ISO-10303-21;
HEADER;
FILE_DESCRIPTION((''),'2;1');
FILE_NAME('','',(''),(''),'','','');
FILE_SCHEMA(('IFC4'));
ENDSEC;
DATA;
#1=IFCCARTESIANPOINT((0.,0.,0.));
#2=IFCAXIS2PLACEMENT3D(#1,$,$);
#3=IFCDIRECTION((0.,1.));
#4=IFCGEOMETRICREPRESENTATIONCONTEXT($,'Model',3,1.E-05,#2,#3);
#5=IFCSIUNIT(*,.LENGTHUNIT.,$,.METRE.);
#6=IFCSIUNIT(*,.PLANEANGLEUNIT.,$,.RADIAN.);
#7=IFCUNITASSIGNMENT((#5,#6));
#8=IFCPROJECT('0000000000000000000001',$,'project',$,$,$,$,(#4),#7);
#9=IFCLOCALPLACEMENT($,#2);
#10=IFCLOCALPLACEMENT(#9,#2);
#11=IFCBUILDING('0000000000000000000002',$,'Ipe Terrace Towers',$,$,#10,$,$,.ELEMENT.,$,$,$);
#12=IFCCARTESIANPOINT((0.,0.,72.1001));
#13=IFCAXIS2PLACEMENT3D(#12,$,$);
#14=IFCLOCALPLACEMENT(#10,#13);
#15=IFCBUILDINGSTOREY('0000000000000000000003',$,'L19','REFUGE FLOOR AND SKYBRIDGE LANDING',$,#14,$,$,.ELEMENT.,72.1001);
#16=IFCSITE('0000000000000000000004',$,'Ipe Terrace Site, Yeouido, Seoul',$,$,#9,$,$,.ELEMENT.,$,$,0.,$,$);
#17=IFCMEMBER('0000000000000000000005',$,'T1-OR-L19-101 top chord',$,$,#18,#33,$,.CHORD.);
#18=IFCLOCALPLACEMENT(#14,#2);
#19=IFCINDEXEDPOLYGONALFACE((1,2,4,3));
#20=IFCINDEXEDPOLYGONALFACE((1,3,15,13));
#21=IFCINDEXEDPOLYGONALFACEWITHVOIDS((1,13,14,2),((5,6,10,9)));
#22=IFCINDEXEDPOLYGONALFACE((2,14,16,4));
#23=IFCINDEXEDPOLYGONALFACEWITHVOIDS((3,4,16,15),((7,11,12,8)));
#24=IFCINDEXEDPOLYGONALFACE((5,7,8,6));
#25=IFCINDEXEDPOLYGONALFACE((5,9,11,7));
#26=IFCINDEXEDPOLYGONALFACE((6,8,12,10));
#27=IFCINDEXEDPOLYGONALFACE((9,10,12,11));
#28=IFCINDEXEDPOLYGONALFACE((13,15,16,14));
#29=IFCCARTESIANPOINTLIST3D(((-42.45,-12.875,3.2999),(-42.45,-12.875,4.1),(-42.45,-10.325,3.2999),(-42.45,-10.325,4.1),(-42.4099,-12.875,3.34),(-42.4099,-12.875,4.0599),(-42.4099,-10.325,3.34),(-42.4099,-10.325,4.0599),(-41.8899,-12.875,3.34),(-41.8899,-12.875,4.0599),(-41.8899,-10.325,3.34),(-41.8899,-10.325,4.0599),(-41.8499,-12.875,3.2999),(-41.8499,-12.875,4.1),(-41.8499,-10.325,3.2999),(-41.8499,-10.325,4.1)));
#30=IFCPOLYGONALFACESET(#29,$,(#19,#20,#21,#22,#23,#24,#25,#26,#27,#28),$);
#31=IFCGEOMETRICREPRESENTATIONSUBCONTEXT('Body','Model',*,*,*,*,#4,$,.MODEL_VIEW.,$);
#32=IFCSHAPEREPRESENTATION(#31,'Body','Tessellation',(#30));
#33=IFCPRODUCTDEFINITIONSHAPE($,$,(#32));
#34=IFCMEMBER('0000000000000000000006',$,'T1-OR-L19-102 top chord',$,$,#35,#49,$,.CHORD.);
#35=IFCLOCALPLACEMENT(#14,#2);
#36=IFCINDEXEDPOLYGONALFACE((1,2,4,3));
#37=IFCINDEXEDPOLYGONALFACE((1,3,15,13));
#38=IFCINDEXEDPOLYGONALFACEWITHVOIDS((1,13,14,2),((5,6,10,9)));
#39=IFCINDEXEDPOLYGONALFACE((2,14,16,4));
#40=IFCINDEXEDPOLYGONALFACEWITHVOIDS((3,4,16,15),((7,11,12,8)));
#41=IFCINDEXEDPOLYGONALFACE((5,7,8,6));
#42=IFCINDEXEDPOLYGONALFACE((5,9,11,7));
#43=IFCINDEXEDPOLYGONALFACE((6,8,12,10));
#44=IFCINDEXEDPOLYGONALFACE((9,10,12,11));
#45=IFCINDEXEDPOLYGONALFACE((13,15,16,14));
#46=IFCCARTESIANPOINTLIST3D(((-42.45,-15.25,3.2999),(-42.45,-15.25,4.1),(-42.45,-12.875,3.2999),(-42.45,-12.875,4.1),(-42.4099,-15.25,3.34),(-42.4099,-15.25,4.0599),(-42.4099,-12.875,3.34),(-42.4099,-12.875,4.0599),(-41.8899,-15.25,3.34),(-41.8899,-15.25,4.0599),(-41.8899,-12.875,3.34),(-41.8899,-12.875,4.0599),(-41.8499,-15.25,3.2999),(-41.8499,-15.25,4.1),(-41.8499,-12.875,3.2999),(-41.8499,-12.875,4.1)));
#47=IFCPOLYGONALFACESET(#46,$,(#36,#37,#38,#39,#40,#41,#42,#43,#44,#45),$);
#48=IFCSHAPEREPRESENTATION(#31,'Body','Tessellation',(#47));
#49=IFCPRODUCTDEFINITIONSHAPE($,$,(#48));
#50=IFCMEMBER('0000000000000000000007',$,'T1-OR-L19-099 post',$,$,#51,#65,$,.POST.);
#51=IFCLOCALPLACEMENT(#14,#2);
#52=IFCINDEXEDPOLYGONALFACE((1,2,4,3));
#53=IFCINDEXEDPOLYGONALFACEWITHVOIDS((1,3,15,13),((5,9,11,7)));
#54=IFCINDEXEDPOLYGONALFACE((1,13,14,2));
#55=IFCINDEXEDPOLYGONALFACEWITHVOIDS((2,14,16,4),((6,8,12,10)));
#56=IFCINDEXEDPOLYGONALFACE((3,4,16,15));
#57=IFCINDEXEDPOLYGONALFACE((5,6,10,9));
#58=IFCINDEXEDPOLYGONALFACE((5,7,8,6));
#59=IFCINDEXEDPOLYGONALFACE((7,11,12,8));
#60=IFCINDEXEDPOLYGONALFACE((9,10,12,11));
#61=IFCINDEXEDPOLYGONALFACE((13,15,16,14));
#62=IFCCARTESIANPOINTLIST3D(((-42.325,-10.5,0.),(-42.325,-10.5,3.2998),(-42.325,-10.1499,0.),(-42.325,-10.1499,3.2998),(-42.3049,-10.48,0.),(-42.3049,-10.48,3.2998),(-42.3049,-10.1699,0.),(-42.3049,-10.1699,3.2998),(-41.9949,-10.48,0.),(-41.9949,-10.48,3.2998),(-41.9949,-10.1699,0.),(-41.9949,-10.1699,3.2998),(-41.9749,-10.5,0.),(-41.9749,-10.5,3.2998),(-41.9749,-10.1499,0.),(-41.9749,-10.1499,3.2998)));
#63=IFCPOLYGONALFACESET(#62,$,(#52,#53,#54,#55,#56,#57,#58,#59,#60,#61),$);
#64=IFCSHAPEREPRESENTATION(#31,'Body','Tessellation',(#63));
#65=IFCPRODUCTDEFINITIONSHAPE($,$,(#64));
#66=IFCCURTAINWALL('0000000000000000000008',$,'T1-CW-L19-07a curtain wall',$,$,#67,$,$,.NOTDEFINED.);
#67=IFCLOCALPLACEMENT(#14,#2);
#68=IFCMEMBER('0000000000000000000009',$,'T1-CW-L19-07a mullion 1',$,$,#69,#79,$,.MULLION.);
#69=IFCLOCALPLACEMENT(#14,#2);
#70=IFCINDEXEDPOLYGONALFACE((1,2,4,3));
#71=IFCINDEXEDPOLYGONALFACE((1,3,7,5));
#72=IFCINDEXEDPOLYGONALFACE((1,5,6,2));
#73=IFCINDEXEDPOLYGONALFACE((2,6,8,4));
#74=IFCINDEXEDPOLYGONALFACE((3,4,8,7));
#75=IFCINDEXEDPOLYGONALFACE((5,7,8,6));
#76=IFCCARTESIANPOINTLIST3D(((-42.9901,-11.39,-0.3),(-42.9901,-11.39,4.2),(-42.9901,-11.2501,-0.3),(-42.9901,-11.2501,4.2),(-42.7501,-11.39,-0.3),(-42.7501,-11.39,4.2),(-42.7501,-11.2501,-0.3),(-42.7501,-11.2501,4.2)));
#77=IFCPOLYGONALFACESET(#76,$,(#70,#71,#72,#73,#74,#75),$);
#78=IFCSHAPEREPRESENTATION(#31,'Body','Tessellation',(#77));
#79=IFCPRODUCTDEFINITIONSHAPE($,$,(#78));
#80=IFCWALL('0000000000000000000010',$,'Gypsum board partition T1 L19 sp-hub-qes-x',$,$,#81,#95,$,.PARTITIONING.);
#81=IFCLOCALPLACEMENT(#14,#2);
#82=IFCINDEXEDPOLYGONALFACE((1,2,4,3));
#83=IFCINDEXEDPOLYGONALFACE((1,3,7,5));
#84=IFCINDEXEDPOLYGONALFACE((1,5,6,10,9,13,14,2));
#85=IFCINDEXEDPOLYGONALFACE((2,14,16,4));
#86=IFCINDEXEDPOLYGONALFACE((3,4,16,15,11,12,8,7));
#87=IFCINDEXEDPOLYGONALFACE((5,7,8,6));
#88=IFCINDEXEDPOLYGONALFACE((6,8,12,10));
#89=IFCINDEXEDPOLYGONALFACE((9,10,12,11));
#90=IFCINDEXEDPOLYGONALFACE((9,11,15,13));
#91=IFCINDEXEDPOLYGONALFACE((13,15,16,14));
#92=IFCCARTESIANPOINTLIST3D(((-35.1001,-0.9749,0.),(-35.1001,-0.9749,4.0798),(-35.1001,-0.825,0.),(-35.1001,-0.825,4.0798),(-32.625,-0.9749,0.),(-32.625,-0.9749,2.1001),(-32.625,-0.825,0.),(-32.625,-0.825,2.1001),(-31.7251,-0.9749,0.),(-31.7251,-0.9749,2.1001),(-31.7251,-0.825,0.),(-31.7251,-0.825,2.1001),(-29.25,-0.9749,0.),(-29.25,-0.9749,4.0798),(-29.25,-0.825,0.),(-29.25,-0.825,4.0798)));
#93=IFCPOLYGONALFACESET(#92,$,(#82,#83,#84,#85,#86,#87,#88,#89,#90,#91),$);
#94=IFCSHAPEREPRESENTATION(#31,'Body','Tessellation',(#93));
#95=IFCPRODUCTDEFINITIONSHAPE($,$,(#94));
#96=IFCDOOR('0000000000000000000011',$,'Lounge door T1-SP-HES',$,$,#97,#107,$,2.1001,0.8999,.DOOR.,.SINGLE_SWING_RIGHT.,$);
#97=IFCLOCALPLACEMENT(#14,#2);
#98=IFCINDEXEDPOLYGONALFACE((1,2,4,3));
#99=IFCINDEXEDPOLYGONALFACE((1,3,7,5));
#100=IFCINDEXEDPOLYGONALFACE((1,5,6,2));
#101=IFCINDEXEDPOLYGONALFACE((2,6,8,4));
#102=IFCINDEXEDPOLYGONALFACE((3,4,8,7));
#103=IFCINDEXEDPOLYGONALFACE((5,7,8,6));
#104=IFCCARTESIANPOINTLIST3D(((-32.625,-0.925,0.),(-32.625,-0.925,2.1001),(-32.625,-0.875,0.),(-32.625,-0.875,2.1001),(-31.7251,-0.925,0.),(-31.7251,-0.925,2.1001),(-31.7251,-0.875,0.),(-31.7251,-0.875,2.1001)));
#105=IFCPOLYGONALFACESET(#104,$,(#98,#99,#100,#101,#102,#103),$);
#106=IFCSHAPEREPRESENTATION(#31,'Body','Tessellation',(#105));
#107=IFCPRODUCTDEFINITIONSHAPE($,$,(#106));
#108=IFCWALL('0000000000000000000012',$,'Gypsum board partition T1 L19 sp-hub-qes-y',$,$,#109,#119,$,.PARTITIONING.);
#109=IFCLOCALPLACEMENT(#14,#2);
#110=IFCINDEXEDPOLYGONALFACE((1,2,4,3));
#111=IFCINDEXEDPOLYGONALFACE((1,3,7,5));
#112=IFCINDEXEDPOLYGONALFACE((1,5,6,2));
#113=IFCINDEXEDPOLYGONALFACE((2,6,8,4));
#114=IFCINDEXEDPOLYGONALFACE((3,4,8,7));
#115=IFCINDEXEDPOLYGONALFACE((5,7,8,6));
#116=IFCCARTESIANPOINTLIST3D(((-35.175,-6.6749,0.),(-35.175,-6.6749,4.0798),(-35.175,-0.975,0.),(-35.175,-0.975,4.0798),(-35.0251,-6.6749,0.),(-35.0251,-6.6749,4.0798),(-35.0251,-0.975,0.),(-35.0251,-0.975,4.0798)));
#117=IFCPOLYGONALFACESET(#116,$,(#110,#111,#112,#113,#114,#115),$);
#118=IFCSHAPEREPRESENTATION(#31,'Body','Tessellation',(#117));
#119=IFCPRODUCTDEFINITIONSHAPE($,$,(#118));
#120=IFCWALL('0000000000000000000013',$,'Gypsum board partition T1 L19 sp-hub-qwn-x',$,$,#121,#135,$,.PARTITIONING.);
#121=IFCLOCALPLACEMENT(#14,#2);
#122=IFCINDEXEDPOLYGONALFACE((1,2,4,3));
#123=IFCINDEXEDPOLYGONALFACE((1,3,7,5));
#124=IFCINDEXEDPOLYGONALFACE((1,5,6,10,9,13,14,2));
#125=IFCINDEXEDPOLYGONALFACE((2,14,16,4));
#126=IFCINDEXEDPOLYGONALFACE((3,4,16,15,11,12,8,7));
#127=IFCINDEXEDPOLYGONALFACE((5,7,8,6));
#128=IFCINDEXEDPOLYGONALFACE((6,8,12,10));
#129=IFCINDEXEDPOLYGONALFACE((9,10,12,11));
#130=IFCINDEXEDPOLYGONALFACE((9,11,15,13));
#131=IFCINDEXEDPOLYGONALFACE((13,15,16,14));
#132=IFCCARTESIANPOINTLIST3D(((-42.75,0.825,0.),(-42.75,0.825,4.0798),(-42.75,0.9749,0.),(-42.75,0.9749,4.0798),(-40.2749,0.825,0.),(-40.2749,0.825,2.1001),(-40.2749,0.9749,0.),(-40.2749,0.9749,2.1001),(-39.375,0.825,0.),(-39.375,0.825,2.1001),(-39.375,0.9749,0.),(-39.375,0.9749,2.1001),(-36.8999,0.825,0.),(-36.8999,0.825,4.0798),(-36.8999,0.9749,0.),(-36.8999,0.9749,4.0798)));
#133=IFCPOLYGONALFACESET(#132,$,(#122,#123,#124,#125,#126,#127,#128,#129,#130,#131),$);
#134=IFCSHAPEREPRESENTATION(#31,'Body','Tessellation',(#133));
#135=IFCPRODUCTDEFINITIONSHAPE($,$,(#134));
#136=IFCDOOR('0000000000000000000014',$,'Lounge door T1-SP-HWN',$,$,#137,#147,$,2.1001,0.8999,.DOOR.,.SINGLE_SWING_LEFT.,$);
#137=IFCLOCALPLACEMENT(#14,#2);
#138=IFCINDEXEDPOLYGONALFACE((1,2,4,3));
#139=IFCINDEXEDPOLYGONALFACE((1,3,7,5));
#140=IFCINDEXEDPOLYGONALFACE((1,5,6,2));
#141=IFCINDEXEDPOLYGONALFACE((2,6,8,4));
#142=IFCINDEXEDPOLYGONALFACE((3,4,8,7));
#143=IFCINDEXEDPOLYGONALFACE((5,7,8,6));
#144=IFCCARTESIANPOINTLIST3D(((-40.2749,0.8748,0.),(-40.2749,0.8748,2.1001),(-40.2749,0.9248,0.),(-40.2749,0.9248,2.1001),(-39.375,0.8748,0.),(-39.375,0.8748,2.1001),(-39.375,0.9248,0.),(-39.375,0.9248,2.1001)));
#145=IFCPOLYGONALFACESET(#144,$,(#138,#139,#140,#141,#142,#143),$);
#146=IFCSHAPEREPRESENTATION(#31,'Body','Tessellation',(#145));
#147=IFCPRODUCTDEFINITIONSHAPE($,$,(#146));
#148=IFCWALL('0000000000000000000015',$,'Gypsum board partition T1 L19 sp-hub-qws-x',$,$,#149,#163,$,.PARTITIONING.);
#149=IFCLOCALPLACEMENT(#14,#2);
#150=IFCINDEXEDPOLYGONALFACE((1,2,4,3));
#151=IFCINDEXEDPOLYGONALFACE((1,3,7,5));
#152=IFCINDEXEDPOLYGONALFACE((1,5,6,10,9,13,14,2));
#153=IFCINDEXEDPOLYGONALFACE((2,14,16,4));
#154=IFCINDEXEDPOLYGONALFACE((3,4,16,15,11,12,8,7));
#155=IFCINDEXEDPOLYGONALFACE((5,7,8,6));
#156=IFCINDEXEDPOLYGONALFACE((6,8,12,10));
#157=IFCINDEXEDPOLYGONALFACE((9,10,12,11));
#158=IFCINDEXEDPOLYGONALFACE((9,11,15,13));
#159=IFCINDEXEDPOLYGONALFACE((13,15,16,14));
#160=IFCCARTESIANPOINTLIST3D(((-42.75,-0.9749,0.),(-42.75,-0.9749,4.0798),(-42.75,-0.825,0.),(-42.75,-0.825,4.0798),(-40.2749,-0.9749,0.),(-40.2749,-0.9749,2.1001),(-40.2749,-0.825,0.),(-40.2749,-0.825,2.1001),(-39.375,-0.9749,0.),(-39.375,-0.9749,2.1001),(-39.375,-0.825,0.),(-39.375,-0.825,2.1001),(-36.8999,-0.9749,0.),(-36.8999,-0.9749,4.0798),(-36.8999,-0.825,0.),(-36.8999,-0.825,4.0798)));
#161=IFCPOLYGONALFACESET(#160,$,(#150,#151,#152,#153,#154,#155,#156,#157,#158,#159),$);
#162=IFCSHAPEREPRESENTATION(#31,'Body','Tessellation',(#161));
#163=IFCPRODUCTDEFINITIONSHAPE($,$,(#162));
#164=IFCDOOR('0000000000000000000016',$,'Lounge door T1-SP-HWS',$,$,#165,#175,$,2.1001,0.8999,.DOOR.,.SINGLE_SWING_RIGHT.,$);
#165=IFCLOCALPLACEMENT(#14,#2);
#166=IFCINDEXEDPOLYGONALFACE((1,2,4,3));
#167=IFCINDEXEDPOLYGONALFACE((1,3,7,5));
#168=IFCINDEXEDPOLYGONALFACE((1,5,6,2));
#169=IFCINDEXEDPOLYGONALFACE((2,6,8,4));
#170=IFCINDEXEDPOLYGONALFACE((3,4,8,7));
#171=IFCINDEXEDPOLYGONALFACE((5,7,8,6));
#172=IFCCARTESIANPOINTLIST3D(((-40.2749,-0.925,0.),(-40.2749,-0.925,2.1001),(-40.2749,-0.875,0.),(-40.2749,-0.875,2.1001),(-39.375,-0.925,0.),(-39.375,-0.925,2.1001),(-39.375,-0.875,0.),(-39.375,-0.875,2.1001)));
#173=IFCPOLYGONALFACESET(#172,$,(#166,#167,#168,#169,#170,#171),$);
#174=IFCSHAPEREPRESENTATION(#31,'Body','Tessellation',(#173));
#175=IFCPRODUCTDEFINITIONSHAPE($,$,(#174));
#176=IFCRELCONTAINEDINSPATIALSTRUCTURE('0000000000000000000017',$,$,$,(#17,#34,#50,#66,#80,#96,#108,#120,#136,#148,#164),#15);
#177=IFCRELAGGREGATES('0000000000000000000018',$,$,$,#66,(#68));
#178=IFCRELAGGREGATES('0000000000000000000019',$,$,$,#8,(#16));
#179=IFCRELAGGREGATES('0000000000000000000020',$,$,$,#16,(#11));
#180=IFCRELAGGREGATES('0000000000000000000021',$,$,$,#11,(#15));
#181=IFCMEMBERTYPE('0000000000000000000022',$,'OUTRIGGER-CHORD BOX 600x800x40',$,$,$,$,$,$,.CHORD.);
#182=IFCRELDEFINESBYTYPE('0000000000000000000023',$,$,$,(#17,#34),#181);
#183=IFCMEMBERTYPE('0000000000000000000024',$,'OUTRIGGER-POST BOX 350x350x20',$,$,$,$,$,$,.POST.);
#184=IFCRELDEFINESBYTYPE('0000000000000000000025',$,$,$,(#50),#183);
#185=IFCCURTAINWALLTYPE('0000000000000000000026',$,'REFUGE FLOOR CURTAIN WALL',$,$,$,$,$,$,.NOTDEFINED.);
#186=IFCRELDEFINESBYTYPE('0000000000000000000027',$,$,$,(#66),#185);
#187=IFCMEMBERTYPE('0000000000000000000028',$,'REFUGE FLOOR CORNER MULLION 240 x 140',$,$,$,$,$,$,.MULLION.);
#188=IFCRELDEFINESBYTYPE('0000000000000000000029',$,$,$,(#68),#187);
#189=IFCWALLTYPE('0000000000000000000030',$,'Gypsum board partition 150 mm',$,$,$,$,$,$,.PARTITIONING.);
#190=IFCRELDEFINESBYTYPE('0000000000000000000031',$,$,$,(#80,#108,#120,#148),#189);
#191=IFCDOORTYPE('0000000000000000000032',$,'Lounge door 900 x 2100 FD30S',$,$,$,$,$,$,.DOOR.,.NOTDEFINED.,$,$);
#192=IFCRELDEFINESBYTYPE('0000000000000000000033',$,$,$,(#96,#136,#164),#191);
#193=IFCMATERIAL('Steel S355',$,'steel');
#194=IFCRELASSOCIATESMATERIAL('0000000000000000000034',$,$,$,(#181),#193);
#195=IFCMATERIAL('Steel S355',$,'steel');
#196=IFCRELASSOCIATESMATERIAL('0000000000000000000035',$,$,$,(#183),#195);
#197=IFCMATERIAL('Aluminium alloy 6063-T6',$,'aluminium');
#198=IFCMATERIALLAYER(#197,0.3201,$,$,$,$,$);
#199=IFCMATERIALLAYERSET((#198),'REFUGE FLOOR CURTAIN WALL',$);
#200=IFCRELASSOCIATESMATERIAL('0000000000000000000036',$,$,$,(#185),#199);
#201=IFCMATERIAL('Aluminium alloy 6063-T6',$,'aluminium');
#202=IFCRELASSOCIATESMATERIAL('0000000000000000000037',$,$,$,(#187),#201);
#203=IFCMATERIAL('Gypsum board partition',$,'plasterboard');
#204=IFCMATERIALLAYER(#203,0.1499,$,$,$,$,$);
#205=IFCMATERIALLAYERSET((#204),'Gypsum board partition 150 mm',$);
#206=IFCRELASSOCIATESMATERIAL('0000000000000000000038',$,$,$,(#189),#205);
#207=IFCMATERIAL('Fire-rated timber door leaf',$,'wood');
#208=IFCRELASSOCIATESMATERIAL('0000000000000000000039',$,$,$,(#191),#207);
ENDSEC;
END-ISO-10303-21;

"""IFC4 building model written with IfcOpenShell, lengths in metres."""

from ifc_helpers import new_model, si_unit, direction, frame, frame_2d, origin, origin_2d, place, context, subcontext, project, spatial, rectangle, hollow_rectangle, extrude, material, layer, layer_set, material_profile, profile_set, type_object, element, fill, aggregate, save


model = new_model("IFC4")

# Units and contexts
model_context = context("Model", 3, precision=1e-05, world=origin(), true_north=direction((0.0, 1.0)))
body_context = subcontext(model_context, "Body", "Model", "MODEL_VIEW")
ifc_project = project(units=[si_unit("LENGTHUNIT", "METRE"), si_unit("PLANEANGLEUNIT", "RADIAN")], contexts=[model_context])

# Site, building, storey
site_placement = place(None, origin())
site = spatial("IfcSite", under=ifc_project, at=site_placement, Name="Ipe Terrace Site, Yeouido, Seoul", CompositionType="ELEMENT", RefElevation=0.0)
building_placement = place(site_placement, origin())
building = spatial("IfcBuilding", under=site, at=building_placement, Name="Ipe Terrace Towers", CompositionType="ELEMENT")
storey_placement = place(building_placement, frame((0.0, 0.0, 72.1001)))
storey = spatial("IfcBuildingStorey", under=building, at=storey_placement, Name="L19", Description="REFUGE FLOOR AND SKYBRIDGE LANDING", CompositionType="ELEMENT", Elevation=72.1001)

# Members
ifc_material_1 = material(Name="Steel S355", Category="steel")
ifc_material_profile_1 = material_profile(ifc_material_1, hollow_rectangle(XDim=0.6001, YDim=0.8, WallThickness=0.04, at=origin_2d()), Name="OUTRIGGER-CHORD BOX 600x800x40")
ifc_profile_set_1 = profile_set([ifc_material_profile_1], Name="Steel S355")
member_type_1 = type_object("IfcMemberType", Name="OUTRIGGER-CHORD BOX 600x800x40", PredefinedType="CHORD", material=ifc_profile_set_1)
member_1_placement = place(storey_placement, frame((-42.1499, -10.325, 3.7), z_axis=(0.0, -1.0, 0.0), x_axis=(1.0, 0.0, 0.0)))
element("IfcMember", 1, at=member_1_placement, inside=storey, type_object=member_type_1, Name="T1-OR-L19-101 top chord", PredefinedType="CHORD", context=body_context, shape_type="SweptSolid", body=[
    extrude(hollow_rectangle(XDim=0.6001, YDim=0.8, WallThickness=0.04, at=origin_2d()), origin(), (0.0, 0.0, 1.0), 2.55),
])
member_2_placement = place(storey_placement, frame((-42.1499, -12.875, 3.7), z_axis=(0.0, -1.0, 0.0), x_axis=(1.0, 0.0, 0.0)))
element("IfcMember", 2, at=member_2_placement, inside=storey, type_object=member_type_1, Name="T1-OR-L19-102 top chord", PredefinedType="CHORD", context=body_context, shape_type="SweptSolid", body=[
    extrude(hollow_rectangle(XDim=0.6001, YDim=0.8, WallThickness=0.04, at=origin_2d()), origin(), (0.0, 0.0, 1.0), 2.375),
])
ifc_material_2 = material(Name="Steel S355", Category="steel")
ifc_material_profile_2 = material_profile(ifc_material_2, hollow_rectangle(XDim=0.3501, YDim=0.3501, WallThickness=0.02, at=origin_2d()), Name="OUTRIGGER-POST BOX 350x350x20")
ifc_profile_set_2 = profile_set([ifc_material_profile_2], Name="Steel S355")
member_type_2 = type_object("IfcMemberType", Name="OUTRIGGER-POST BOX 350x350x20", PredefinedType="POST", material=ifc_profile_set_2)
member_3_placement = place(storey_placement, frame((-42.1499, -10.325, 0.0), z_axis=(0.0, 0.0, 1.0), x_axis=(1.0, 0.0, 0.0)))
element("IfcMember", 3, at=member_3_placement, inside=storey, type_object=member_type_2, Name="T1-OR-L19-099 post", PredefinedType="POST", context=body_context, shape_type="SweptSolid", body=[
    extrude(hollow_rectangle(XDim=0.3501, YDim=0.3501, WallThickness=0.02, at=origin_2d()), origin(), (0.0, 0.0, 1.0), 3.2998),
])

# Curtain wall, member
ifc_material_3 = material(Name="Aluminium alloy 6063-T6", Category="aluminium")
ifc_layer_1 = layer(ifc_material_3, 0.3201)
ifc_layer_set_1 = layer_set([ifc_layer_1], Name="REFUGE FLOOR CURTAIN WALL")
curtain_wall_type = type_object("IfcCurtainWallType", Name="REFUGE FLOOR CURTAIN WALL", PredefinedType="NOTDEFINED", material=ifc_layer_set_1)
curtain_wall_placement = place(storey_placement, origin())
curtain_wall = element("IfcCurtainWall", 4, at=curtain_wall_placement, inside=storey, type_object=curtain_wall_type, Name="T1-CW-L19-07a curtain wall", PredefinedType="NOTDEFINED")
ifc_material_4 = material(Name="Aluminium alloy 6063-T6", Category="aluminium")
ifc_material_profile_3 = material_profile(ifc_material_4, rectangle(XDim=0.24, YDim=0.1399, at=origin_2d()), Name="REFUGE FLOOR CORNER MULLION 240 x 140")
ifc_profile_set_3 = profile_set([ifc_material_profile_3], Name="Aluminium alloy 6063-T6")
member_type_3 = type_object("IfcMemberType", Name="REFUGE FLOOR CORNER MULLION 240 x 140", PredefinedType="MULLION", material=ifc_profile_set_3)
member_4_placement = place(storey_placement, frame((-42.8701, -11.3201, -0.3), z_axis=(0.0, 0.0, 1.0), x_axis=(-1.0, 0.0, 0.0)))
member_4 = element("IfcMember", 5, at=member_4_placement, type_object=member_type_3, Name="T1-CW-L19-07a mullion 1", PredefinedType="MULLION", context=body_context, shape_type="SweptSolid", body=[
    extrude(rectangle(XDim=0.24, YDim=0.1399, at=origin_2d()), origin(), (0.0, 0.0, 1.0), 4.5),
])
aggregate(curtain_wall, [member_4])

# Wall, opening, door
ifc_material_5 = material(Name="Gypsum board partition", Category="plasterboard")
ifc_layer_2 = layer(ifc_material_5, 0.1499)
ifc_layer_set_2 = layer_set([ifc_layer_2], Name="Gypsum board partition 150 mm")
wall_type = type_object("IfcWallType", Name="Gypsum board partition 150 mm", PredefinedType="PARTITIONING", material=ifc_layer_set_2)
wall_1_placement = place(storey_placement, frame((-35.1001, -0.8999, 0.0), z_axis=(0.0, 0.0, 1.0), x_axis=(1.0, 0.0, 0.0)))
wall_1 = element("IfcWall", 6, at=wall_1_placement, inside=storey, type_object=wall_type, Name="Gypsum board partition T1 L19 sp-hub-qes-x", PredefinedType="PARTITIONING", context=body_context, shape_type="SweptSolid", body=[
    extrude(rectangle(XDim=5.8501, YDim=0.1499, at=frame_2d((2.925, 0.0))), origin(), (0.0, 0.0, 1.0), 4.0798),
])
opening_1_placement = place(wall_1_placement, frame((2.4751, 0.0, 0.0)))
opening_1 = element("IfcOpeningElement", 7, at=opening_1_placement, cuts=wall_1, PredefinedType="OPENING", context=body_context, shape_type="SweptSolid", body=[
    extrude(rectangle(XDim=0.8999, YDim=2.1001, at=frame_2d((0.45, 1.05))), frame((0.0, 0.085, 0.0), z_axis=(0.0, -1.0, 0.0), x_axis=(1.0, 0.0, 0.0)), (0.0, 0.0, 1.0), 0.1699),
])
ifc_material_6 = material(Name="Fire-rated timber door leaf", Category="wood")
door_type_1 = type_object("IfcDoorType", Name="Lounge door 900 x 2100 FD30S", OperationType="NOTDEFINED", PredefinedType="DOOR", material=ifc_material_6)
door_1_placement = place(opening_1_placement, origin())
door_1 = element("IfcDoor", 8, at=door_1_placement, inside=storey, type_object=door_type_1, Name="Lounge door T1-SP-HES", OperationType="SINGLE_SWING_RIGHT", OverallHeight=2.1001, OverallWidth=0.8999, PredefinedType="DOOR", context=body_context, shape_type="SweptSolid", body=[
    extrude(rectangle(XDim=0.8999, YDim=2.1001, at=frame_2d((0.45, 1.05))), frame((0.0, 0.0249, 0.0), z_axis=(0.0, -1.0, 0.0), x_axis=(1.0, 0.0, 0.0)), (0.0, 0.0, 1.0), 0.05),
])
fill(opening_1, door_1)

# Wall
wall_2_placement = place(storey_placement, frame((-35.1001, -6.675, 0.0), z_axis=(0.0, 0.0, 1.0), x_axis=(0.0, 1.0, 0.0)))
element("IfcWall", 9, at=wall_2_placement, inside=storey, type_object=wall_type, Name="Gypsum board partition T1 L19 sp-hub-qes-y", PredefinedType="PARTITIONING", context=body_context, shape_type="SweptSolid", body=[
    extrude(rectangle(XDim=5.7, YDim=0.1499, at=frame_2d((2.8501, 0.0))), origin(), (0.0, 0.0, 1.0), 4.0798),
])

# Walls, openings, doors
wall_3_placement = place(storey_placement, frame((-42.75, 0.8999, 0.0), z_axis=(0.0, 0.0, 1.0), x_axis=(1.0, 0.0, 0.0)))
wall_3 = element("IfcWall", 10, at=wall_3_placement, inside=storey, type_object=wall_type, Name="Gypsum board partition T1 L19 sp-hub-qwn-x", PredefinedType="PARTITIONING", context=body_context, shape_type="SweptSolid", body=[
    extrude(rectangle(XDim=5.8501, YDim=0.1499, at=frame_2d((2.925, 0.0))), origin(), (0.0, 0.0, 1.0), 4.0798),
])
opening_2_placement = place(wall_3_placement, frame((2.4751, 0.0, 0.0)))
opening_2 = element("IfcOpeningElement", 11, at=opening_2_placement, cuts=wall_3, PredefinedType="OPENING", context=body_context, shape_type="SweptSolid", body=[
    extrude(rectangle(XDim=0.8999, YDim=2.1001, at=frame_2d((0.45, 1.05))), frame((0.0, 0.085, 0.0), z_axis=(0.0, -1.0, 0.0), x_axis=(1.0, 0.0, 0.0)), (0.0, 0.0, 1.0), 0.1699),
])
door_2_placement = place(opening_2_placement, origin())
door_2 = element("IfcDoor", 12, at=door_2_placement, inside=storey, type_object=door_type_1, Name="Lounge door T1-SP-HWN", OperationType="SINGLE_SWING_LEFT", OverallHeight=2.1001, OverallWidth=0.8999, PredefinedType="DOOR", context=body_context, shape_type="SweptSolid", body=[
    extrude(rectangle(XDim=0.8999, YDim=2.1001, at=frame_2d((0.45, 1.05))), frame((0.0, 0.0249, 0.0), z_axis=(0.0, -1.0, 0.0), x_axis=(1.0, 0.0, 0.0)), (0.0, 0.0, 1.0), 0.05),
])
fill(opening_2, door_2)
wall_4_placement = place(storey_placement, frame((-42.75, -0.8999, 0.0), z_axis=(0.0, 0.0, 1.0), x_axis=(1.0, 0.0, 0.0)))
wall_4 = element("IfcWall", 13, at=wall_4_placement, inside=storey, type_object=wall_type, Name="Gypsum board partition T1 L19 sp-hub-qws-x", PredefinedType="PARTITIONING", context=body_context, shape_type="SweptSolid", body=[
    extrude(rectangle(XDim=5.8501, YDim=0.1499, at=frame_2d((2.925, 0.0))), origin(), (0.0, 0.0, 1.0), 4.0798),
])
opening_3_placement = place(wall_4_placement, frame((2.4751, 0.0, 0.0)))
opening_3 = element("IfcOpeningElement", 14, at=opening_3_placement, cuts=wall_4, PredefinedType="OPENING", context=body_context, shape_type="SweptSolid", body=[
    extrude(rectangle(XDim=0.8999, YDim=2.1001, at=frame_2d((0.45, 1.05))), frame((0.0, 0.085, 0.0), z_axis=(0.0, -1.0, 0.0), x_axis=(1.0, 0.0, 0.0)), (0.0, 0.0, 1.0), 0.1699),
])
door_3_placement = place(opening_3_placement, origin())
door_3 = element("IfcDoor", 15, at=door_3_placement, inside=storey, type_object=door_type_1, Name="Lounge door T1-SP-HWS", OperationType="SINGLE_SWING_RIGHT", OverallHeight=2.1001, OverallWidth=0.8999, PredefinedType="DOOR", context=body_context, shape_type="SweptSolid", body=[
    extrude(rectangle(XDim=0.8999, YDim=2.1001, at=frame_2d((0.45, 1.05))), frame((0.0, 0.0249, 0.0), z_axis=(0.0, -1.0, 0.0), x_axis=(1.0, 0.0, 0.0)), (0.0, 0.0, 1.0), 0.05),
])
fill(opening_3, door_3)

save(model, "model.ifc")
